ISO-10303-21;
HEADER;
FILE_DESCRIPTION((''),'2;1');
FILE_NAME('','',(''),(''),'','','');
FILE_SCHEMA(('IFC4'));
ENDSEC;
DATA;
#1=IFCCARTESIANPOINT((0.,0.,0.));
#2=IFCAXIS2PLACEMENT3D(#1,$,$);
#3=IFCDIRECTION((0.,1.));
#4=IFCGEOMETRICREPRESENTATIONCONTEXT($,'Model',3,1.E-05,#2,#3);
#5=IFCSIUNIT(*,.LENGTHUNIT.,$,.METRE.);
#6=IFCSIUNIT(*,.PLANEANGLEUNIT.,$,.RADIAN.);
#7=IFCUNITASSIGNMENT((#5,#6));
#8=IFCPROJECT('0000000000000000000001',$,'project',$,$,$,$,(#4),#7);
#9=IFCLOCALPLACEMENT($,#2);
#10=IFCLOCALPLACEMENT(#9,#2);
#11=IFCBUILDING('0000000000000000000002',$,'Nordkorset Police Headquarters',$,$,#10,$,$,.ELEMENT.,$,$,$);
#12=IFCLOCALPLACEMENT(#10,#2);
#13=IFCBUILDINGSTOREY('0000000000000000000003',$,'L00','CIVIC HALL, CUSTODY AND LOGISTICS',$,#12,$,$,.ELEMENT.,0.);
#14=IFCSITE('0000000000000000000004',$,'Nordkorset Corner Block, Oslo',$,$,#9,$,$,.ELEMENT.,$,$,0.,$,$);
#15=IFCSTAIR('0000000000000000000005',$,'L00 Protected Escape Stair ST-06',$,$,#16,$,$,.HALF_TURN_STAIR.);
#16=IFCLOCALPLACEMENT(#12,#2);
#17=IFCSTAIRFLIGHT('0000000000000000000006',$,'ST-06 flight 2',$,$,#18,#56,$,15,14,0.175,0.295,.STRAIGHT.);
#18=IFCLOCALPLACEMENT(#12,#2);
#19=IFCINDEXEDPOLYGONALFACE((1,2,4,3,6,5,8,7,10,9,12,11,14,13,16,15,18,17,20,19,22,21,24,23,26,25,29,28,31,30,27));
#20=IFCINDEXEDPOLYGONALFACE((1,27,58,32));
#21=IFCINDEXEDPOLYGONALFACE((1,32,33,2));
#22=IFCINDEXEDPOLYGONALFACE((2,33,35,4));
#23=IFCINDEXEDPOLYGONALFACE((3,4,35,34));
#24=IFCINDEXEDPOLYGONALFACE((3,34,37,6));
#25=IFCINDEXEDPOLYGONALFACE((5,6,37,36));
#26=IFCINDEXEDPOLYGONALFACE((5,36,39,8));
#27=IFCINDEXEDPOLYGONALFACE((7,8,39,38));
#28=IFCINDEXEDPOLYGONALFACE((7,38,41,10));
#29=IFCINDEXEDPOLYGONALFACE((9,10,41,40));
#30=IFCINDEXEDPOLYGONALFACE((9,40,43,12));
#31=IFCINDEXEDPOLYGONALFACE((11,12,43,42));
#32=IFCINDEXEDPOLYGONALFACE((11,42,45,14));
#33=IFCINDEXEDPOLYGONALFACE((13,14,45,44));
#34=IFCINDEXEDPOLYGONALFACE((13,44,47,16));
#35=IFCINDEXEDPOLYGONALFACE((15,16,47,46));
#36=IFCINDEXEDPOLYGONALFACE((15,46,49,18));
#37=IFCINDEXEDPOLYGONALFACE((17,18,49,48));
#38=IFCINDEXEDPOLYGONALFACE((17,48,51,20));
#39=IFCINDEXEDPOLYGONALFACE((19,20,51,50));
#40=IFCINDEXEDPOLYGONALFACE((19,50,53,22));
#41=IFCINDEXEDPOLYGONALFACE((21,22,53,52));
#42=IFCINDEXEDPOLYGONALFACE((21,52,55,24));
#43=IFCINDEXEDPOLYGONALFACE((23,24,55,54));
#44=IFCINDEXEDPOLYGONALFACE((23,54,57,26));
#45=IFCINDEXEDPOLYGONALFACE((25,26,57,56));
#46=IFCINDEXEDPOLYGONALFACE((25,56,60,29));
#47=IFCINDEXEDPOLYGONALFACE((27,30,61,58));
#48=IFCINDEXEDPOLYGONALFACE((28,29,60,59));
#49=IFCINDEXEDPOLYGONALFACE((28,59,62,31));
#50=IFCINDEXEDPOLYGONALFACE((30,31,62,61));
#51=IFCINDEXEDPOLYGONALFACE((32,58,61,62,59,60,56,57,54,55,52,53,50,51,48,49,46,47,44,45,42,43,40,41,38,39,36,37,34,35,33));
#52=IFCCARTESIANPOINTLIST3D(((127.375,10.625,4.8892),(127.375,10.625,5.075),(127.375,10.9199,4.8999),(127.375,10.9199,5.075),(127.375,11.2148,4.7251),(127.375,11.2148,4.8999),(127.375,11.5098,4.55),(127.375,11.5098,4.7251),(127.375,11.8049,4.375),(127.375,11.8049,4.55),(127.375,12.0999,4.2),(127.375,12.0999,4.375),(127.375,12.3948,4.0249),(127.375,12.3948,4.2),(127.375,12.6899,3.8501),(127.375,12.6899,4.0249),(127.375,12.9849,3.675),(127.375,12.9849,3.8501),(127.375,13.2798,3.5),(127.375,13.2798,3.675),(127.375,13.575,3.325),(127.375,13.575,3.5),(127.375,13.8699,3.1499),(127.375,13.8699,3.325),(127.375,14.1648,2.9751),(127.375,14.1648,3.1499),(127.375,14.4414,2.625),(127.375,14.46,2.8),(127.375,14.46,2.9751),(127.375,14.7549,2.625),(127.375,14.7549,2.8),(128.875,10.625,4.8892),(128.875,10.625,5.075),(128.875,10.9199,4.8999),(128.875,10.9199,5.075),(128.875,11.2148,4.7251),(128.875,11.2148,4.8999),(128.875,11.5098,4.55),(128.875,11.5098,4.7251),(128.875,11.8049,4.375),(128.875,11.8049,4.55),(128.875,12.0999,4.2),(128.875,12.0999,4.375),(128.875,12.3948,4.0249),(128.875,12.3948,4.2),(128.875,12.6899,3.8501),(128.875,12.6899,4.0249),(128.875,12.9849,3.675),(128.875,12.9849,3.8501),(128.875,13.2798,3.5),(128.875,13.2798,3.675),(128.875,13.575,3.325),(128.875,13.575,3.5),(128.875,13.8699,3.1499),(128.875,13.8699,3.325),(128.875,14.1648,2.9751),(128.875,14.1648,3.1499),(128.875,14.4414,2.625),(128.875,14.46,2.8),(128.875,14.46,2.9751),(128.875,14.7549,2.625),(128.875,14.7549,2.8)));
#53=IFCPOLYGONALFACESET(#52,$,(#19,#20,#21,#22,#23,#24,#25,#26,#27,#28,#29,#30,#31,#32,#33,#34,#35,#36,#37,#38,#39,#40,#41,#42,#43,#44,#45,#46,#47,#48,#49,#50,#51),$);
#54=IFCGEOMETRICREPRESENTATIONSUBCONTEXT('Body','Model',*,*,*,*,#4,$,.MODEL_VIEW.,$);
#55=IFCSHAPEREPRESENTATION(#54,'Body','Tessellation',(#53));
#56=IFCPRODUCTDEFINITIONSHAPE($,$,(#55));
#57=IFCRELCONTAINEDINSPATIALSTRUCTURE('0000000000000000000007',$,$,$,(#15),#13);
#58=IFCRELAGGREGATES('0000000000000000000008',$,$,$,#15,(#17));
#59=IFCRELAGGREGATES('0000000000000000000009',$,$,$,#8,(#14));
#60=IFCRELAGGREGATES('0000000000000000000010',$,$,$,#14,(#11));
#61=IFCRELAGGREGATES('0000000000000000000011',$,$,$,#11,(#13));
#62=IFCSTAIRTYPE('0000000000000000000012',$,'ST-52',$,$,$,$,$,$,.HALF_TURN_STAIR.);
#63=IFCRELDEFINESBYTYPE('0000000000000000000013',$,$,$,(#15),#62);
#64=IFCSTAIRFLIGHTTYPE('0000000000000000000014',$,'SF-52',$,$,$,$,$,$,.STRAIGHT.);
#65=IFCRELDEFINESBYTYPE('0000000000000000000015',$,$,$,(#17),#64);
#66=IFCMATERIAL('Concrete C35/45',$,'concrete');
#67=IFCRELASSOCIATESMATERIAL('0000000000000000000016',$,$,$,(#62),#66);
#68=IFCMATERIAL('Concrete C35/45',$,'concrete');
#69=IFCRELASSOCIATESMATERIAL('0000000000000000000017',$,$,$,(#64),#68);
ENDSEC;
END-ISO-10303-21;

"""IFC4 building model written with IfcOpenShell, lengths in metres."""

from ifc_helpers import new_model, si_unit, direction, frame, origin, place, context, subcontext, project, spatial, polyline, outline, extrude, material, type_object, element, aggregate, save


model = new_model("IFC4")

# Units and contexts
model_context = context("Model", 3, precision=1e-05, world=origin(), true_north=direction((0.0, 1.0)))
body_context = subcontext(model_context, "Body", "Model", "MODEL_VIEW")
ifc_project = project(units=[si_unit("LENGTHUNIT", "METRE"), si_unit("PLANEANGLEUNIT", "RADIAN")], contexts=[model_context])

# Site, building, storey
site_placement = place(None, origin())
site = spatial("IfcSite", under=ifc_project, at=site_placement, Name="Nordkorset Corner Block, Oslo", CompositionType="ELEMENT", RefElevation=0.0)
building_placement = place(site_placement, origin())
building = spatial("IfcBuilding", under=site, at=building_placement, Name="Nordkorset Police Headquarters", CompositionType="ELEMENT")
storey_placement = place(building_placement, origin())
storey = spatial("IfcBuildingStorey", under=building, at=storey_placement, Name="L00", Description="CIVIC HALL, CUSTODY AND LOGISTICS", CompositionType="ELEMENT", Elevation=0.0)

# Stair, stair flight
ifc_material_1 = material(Name="Concrete C35/45", Category="concrete")
stair_type = type_object("IfcStairType", Name="ST-52", PredefinedType="HALF_TURN_STAIR", material=ifc_material_1)
stair_placement = place(storey_placement, origin())
stair = element("IfcStair", 1, at=stair_placement, inside=storey, type_object=stair_type, Name="L00 Protected Escape Stair ST-06", PredefinedType="HALF_TURN_STAIR")
ifc_material_2 = material(Name="Concrete C35/45", Category="concrete")
stair_flight_type = type_object("IfcStairFlightType", Name="SF-52", PredefinedType="STRAIGHT", material=ifc_material_2)
stair_flight_1_placement = place(storey_placement, frame((128.125, 14.7549, 2.625), z_axis=(0.0, 0.0, 1.0), x_axis=(0.0, -1.0, 0.0)))
stair_flight_1 = element("IfcStairFlight", 2, at=stair_flight_1_placement, type_object=stair_flight_type, Name="ST-06 flight 2", NumberOfRisers=15, NumberOfTreads=14, PredefinedType="STRAIGHT", RiserHeight=0.175, TreadLength=0.295, context=body_context, shape_type="SweptSolid", body=[
    extrude(outline(polyline([(0.0, 0.0), (0.0, 0.175), (0.2949, 0.175), (0.2949, 0.3501), (0.5901, 0.3501), (0.5901, 0.5249), (0.885, 0.5249), (0.885, 0.7), (1.1799, 0.7), (1.1799, 0.875), (1.4751, 0.875), (1.4751, 1.05), (1.77, 1.05), (1.77, 1.2251), (2.0649, 1.2251), (2.0649, 1.3999), (2.3601, 1.3999), (2.3601, 1.575), (2.655, 1.575), (2.655, 1.75), (2.95, 1.75), (2.95, 1.925), (3.2451, 1.925), (3.2451, 2.1001), (3.54, 2.1001), (3.54, 2.2749), (3.835, 2.2749), (3.835, 2.45), (4.1299, 2.45), (4.1299, 2.625), (4.1299, 2.2642), (0.3135, 0.0), (0.0, 0.0)])), frame((0.0, 0.75, 0.0), z_axis=(0.0, -1.0, 0.0), x_axis=(1.0, 0.0, 0.0)), (0.0, 0.0, 1.0), 1.5),
])
aggregate(stair, [stair_flight_1])

save(model, "model.ifc")
